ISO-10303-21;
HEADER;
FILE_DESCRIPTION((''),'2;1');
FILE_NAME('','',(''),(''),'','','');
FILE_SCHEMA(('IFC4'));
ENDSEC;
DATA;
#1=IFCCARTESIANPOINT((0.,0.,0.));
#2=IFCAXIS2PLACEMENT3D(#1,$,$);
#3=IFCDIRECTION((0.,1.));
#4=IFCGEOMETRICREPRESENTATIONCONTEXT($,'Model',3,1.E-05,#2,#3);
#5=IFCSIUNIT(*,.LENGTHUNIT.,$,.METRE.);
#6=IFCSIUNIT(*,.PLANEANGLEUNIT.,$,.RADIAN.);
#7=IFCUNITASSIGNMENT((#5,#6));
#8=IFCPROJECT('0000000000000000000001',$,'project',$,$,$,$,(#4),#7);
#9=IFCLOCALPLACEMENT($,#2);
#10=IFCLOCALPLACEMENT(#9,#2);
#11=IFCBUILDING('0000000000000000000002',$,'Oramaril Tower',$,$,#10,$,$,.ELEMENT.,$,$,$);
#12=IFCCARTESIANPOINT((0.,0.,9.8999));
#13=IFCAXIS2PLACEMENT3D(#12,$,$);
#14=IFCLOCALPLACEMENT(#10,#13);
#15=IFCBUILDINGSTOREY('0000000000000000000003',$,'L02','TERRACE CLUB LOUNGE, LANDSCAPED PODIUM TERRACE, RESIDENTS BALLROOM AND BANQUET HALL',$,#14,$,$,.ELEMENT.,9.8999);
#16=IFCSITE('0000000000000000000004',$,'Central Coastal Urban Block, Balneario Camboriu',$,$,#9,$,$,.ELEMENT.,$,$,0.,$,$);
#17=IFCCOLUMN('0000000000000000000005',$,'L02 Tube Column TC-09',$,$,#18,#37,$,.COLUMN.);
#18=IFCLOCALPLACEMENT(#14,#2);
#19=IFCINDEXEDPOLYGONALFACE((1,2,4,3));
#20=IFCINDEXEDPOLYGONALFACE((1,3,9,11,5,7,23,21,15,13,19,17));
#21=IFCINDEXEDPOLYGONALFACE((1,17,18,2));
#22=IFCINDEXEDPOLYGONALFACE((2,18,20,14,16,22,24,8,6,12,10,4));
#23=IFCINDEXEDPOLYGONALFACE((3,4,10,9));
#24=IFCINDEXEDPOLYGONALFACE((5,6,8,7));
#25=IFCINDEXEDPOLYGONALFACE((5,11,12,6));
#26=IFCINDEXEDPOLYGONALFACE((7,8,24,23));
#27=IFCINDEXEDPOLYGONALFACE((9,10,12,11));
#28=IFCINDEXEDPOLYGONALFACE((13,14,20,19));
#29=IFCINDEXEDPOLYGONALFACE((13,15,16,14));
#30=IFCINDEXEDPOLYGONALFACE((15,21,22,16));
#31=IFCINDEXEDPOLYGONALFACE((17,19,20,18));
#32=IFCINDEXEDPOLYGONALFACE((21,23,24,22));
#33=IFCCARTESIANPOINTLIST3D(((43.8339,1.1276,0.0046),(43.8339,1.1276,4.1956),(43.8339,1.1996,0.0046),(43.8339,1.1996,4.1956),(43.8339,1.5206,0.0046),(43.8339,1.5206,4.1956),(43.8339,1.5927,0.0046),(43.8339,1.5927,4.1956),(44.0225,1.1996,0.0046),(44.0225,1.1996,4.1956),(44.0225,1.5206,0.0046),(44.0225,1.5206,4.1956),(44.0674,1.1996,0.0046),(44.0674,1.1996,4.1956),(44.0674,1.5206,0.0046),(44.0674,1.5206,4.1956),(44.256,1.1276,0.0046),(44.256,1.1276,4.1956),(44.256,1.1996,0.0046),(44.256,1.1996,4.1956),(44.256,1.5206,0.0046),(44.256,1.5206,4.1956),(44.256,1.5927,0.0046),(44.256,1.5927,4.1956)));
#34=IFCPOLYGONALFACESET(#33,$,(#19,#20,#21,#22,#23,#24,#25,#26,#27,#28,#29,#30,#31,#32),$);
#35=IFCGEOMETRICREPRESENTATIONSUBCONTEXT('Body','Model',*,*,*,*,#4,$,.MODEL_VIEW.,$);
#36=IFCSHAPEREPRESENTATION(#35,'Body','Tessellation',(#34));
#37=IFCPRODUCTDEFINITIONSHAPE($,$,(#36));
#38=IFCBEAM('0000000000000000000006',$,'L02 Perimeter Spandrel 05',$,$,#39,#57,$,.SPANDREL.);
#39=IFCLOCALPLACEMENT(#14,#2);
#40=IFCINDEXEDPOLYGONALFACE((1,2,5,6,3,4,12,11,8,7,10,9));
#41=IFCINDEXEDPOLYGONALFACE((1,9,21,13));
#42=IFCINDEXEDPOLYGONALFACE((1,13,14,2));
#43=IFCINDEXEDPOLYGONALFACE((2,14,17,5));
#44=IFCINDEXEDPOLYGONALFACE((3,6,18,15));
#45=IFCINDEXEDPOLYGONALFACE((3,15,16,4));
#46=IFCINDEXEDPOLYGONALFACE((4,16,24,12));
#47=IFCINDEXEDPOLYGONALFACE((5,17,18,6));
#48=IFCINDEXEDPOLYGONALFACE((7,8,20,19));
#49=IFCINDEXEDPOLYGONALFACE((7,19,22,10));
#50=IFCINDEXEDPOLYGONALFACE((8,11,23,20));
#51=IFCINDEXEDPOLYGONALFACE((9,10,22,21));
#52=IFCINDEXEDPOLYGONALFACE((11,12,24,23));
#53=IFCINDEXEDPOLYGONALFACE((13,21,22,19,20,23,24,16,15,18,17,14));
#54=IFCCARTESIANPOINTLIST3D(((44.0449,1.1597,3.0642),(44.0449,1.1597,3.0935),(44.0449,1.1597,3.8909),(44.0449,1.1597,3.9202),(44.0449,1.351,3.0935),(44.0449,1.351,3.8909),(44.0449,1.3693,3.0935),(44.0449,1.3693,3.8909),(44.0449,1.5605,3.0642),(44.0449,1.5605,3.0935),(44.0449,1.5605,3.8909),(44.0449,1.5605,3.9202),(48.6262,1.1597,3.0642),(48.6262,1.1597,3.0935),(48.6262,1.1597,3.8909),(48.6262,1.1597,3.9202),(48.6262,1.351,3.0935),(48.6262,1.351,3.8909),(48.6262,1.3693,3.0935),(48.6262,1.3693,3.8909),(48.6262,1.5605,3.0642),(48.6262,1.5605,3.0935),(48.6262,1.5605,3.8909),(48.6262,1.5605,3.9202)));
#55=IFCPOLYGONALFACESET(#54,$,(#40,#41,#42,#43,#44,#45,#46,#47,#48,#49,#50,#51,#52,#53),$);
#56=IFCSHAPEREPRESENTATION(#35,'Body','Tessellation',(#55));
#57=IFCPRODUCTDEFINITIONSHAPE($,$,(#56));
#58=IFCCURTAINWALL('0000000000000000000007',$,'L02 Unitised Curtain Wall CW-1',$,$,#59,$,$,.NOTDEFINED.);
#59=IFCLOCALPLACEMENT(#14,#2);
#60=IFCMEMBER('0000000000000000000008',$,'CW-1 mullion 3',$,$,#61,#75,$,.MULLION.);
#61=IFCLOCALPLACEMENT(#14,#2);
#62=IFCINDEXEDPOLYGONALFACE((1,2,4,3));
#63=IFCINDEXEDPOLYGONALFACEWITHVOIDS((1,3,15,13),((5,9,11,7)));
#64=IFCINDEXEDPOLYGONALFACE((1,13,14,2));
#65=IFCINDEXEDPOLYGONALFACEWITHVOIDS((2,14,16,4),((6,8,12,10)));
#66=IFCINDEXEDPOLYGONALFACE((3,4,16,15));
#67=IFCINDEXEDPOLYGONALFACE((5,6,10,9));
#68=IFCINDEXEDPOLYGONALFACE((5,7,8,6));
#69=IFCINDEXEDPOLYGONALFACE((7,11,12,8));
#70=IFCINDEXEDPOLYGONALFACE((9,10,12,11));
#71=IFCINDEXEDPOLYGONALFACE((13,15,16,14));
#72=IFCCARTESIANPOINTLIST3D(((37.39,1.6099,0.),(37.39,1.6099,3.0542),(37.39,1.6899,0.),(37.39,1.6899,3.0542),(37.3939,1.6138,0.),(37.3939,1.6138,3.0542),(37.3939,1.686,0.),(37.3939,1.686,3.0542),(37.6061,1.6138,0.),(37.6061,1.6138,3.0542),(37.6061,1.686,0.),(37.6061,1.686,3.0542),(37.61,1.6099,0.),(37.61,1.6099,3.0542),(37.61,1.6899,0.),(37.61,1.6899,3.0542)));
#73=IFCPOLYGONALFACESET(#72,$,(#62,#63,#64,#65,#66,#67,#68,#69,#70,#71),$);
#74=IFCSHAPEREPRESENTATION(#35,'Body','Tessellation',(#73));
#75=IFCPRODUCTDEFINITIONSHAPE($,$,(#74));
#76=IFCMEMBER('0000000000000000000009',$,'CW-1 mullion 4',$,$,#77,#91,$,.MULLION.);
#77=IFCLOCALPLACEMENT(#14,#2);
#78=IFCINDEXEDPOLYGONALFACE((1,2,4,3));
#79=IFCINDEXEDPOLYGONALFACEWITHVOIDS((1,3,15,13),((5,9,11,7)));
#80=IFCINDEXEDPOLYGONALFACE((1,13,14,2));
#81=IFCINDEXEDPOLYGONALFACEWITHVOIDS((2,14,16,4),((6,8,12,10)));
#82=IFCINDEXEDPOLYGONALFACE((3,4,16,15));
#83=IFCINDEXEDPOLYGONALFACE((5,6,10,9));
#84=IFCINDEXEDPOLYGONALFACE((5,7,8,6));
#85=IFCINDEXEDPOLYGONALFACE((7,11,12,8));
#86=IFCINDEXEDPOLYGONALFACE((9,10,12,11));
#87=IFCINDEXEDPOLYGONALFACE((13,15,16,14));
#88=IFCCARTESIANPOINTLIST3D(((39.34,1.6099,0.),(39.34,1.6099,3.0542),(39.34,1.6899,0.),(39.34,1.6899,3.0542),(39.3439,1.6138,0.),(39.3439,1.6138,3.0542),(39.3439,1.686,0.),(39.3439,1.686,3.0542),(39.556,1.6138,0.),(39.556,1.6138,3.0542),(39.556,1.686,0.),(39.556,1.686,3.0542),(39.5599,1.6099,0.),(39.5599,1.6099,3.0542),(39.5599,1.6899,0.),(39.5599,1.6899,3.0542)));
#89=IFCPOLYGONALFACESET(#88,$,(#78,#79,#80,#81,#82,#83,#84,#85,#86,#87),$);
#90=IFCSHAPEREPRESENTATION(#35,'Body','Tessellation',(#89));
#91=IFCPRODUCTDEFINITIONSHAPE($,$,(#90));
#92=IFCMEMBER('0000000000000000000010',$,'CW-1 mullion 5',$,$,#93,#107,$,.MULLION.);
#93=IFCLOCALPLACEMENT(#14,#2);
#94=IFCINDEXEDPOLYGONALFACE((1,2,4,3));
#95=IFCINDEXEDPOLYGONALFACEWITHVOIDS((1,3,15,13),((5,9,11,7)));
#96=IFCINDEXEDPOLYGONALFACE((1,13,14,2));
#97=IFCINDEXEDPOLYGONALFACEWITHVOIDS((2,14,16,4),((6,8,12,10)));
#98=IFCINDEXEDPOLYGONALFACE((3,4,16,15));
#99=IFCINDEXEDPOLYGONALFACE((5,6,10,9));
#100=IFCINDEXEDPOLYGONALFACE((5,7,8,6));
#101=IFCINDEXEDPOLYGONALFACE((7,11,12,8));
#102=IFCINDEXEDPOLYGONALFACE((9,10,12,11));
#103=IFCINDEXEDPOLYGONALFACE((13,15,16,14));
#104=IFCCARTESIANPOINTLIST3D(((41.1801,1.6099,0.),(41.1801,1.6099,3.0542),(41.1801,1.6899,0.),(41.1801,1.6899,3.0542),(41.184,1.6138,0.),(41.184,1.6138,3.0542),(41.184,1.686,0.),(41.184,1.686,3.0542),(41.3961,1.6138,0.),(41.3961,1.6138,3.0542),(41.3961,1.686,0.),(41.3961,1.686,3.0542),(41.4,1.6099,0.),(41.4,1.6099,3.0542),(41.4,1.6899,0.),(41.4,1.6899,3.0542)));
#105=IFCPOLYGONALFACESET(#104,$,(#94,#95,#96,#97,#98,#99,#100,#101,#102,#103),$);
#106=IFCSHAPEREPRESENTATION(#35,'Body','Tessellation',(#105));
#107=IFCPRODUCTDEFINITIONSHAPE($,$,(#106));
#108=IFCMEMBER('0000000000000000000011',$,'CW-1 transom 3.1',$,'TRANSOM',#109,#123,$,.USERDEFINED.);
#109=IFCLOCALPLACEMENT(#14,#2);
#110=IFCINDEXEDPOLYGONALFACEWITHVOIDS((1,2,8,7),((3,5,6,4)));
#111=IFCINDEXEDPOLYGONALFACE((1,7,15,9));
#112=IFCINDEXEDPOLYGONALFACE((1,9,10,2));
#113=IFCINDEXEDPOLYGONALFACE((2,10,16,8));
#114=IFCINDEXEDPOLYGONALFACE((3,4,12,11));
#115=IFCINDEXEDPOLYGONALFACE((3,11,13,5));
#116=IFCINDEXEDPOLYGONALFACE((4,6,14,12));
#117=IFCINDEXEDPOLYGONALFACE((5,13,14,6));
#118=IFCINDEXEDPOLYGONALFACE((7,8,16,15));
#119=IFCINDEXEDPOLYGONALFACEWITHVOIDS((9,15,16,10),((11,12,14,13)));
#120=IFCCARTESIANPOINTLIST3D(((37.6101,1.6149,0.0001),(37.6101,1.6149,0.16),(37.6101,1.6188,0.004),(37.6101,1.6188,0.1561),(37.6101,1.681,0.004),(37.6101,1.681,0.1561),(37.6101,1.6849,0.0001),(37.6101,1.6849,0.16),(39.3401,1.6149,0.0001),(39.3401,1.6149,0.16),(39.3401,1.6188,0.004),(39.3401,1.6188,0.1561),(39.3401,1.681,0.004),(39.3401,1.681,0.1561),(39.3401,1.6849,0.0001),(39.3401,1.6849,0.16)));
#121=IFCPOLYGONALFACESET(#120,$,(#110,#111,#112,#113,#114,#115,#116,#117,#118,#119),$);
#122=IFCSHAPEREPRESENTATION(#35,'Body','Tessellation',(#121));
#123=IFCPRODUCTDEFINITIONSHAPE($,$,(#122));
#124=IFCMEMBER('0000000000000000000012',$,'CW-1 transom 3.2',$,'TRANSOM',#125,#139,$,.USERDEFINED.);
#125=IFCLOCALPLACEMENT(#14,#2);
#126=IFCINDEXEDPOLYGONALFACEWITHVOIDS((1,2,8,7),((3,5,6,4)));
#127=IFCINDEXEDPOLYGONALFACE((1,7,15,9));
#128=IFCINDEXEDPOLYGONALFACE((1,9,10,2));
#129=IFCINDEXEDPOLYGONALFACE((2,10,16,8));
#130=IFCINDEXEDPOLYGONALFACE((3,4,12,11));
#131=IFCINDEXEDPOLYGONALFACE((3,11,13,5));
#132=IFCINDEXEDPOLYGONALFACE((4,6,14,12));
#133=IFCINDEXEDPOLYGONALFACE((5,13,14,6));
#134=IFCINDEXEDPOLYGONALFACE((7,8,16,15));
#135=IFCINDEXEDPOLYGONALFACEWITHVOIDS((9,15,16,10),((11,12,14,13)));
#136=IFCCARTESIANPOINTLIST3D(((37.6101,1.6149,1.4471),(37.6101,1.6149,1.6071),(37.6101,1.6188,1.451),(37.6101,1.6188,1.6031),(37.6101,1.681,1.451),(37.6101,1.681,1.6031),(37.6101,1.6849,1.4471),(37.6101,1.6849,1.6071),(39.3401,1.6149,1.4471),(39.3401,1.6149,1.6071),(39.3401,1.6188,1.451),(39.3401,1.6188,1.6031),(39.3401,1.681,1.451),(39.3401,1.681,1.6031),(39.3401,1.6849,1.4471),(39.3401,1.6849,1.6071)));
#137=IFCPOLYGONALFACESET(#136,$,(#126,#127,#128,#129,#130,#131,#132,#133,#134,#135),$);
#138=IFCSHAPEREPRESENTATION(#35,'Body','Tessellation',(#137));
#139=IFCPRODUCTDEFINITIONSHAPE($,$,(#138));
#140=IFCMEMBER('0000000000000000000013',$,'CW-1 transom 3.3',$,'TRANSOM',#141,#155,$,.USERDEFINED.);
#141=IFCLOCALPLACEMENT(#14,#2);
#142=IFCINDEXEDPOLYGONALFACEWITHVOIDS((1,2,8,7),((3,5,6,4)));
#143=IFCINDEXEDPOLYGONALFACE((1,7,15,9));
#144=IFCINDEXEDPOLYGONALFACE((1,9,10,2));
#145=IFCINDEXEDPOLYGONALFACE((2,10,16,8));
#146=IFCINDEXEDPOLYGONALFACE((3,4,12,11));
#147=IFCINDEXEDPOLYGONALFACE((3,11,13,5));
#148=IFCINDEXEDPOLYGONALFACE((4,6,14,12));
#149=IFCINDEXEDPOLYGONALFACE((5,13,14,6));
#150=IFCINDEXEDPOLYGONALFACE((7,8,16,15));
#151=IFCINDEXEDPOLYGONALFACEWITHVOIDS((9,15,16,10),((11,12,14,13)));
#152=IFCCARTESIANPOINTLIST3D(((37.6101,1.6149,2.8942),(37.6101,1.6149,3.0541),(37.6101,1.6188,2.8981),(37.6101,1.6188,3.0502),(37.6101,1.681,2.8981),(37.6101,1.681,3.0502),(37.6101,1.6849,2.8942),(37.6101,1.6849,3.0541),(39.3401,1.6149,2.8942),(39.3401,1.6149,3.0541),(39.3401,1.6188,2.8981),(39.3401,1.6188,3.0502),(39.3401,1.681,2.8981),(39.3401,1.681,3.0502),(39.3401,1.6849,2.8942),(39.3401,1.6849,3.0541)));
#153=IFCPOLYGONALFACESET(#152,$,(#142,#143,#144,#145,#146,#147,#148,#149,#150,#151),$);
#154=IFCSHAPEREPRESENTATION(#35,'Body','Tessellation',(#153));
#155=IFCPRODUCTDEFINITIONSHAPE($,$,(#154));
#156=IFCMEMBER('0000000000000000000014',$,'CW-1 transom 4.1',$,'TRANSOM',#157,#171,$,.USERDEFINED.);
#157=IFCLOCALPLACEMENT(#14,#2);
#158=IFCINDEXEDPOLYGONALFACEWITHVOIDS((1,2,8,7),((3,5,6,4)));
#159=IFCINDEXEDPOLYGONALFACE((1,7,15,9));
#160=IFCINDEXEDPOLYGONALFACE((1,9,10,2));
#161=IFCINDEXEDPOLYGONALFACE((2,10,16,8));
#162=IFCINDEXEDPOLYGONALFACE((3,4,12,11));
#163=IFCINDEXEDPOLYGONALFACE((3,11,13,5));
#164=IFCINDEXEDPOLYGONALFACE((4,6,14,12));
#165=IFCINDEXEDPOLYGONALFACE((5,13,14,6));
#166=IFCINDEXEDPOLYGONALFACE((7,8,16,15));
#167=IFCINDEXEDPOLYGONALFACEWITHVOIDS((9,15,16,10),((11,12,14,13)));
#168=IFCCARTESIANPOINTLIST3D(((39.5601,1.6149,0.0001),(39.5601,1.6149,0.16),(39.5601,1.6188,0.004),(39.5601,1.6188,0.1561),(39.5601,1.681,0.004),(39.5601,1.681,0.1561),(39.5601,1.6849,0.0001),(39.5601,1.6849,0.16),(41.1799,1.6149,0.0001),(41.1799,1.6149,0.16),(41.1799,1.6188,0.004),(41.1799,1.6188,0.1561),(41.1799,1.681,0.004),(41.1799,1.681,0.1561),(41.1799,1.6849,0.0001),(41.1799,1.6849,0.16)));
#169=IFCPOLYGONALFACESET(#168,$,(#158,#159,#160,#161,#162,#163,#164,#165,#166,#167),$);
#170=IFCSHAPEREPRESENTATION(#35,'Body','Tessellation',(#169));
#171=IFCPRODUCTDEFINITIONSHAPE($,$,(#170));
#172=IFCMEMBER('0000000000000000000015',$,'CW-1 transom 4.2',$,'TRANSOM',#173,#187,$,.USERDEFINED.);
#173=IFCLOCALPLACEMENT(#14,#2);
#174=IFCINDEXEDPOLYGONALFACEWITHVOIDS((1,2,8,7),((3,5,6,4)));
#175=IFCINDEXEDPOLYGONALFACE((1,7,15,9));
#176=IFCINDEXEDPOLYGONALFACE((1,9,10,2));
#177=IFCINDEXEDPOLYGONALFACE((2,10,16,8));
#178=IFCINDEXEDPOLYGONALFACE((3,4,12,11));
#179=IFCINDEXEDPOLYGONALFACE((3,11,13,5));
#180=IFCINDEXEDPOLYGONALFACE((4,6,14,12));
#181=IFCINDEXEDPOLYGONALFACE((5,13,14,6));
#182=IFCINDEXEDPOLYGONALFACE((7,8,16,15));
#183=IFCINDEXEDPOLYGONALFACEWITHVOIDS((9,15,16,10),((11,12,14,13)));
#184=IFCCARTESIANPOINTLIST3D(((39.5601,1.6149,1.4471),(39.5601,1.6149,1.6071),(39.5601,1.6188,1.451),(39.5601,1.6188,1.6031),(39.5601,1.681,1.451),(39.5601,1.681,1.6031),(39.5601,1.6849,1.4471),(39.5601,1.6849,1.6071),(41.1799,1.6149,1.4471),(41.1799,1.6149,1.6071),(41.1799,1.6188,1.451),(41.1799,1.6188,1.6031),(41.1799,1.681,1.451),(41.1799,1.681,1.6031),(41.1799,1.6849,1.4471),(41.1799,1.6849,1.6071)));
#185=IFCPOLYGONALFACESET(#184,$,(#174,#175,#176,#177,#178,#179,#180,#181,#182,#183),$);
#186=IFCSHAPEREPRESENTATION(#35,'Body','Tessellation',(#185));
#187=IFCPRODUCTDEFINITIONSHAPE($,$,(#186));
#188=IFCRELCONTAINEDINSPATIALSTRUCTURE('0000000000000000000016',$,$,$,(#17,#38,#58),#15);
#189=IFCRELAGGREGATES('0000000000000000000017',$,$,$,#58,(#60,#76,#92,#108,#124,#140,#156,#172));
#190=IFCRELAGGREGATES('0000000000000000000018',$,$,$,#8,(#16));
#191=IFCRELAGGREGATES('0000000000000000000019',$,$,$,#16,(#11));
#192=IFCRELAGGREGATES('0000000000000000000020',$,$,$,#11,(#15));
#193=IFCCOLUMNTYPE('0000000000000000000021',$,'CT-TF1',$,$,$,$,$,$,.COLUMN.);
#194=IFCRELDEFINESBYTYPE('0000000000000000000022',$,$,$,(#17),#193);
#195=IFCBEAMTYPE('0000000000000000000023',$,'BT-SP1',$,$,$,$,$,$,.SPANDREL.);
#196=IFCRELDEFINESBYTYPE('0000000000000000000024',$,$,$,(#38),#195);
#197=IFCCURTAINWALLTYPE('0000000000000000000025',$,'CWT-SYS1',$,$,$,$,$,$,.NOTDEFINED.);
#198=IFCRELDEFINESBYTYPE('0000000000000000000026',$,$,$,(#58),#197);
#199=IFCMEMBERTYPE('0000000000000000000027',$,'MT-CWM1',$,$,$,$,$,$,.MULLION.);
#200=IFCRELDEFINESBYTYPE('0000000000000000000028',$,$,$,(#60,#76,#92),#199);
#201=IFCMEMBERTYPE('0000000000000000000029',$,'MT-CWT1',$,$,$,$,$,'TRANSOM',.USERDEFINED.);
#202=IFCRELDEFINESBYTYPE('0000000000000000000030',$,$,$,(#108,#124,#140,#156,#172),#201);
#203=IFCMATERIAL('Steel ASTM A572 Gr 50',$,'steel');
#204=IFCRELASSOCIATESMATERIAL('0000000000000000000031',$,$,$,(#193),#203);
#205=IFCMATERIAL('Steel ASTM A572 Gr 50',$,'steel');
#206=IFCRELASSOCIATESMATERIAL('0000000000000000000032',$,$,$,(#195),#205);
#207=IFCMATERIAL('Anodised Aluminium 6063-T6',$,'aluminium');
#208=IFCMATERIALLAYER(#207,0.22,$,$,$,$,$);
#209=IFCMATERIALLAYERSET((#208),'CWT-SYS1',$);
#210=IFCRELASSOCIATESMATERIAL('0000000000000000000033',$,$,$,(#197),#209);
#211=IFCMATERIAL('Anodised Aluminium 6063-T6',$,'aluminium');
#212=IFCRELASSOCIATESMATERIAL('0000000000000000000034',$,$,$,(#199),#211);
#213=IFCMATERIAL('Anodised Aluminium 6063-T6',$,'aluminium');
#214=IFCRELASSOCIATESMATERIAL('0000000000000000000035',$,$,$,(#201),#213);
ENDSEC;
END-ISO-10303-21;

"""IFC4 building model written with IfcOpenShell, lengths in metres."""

from ifc_helpers import new_model, si_unit, direction, frame, origin, origin_2d, place, context, subcontext, project, spatial, hollow_rectangle, i_section, extrude, material, layer, layer_set, material_profile, profile_set, type_object, element, aggregate, save


model = new_model("IFC4")

# Units and contexts
model_context = context("Model", 3, precision=1e-05, world=origin(), true_north=direction((0.0, 1.0)))
body_context = subcontext(model_context, "Body", "Model", "MODEL_VIEW")
ifc_project = project(units=[si_unit("LENGTHUNIT", "METRE"), si_unit("PLANEANGLEUNIT", "RADIAN")], contexts=[model_context])

# Site, building, storey
site_placement = place(None, origin())
site = spatial("IfcSite", under=ifc_project, at=site_placement, Name="Central Coastal Urban Block, Balneario Camboriu", CompositionType="ELEMENT", RefElevation=0.0)
building_placement = place(site_placement, origin())
building = spatial("IfcBuilding", under=site, at=building_placement, Name="Oramaril Tower", CompositionType="ELEMENT")
storey_placement = place(building_placement, frame((0.0, 0.0, 9.8999)))
storey = spatial("IfcBuildingStorey", under=building, at=storey_placement, Name="L02", Description="TERRACE CLUB LOUNGE, LANDSCAPED PODIUM TERRACE, RESIDENTS BALLROOM AND BANQUET HALL", CompositionType="ELEMENT", Elevation=9.8999)

# Column
ifc_material_1 = material(Name="Steel ASTM A572 Gr 50", Category="steel")
ifc_material_profile_1 = material_profile(ifc_material_1, i_section(OverallWidth=0.4221, OverallDepth=0.4651, WebThickness=0.0449, FlangeThickness=0.072, at=origin_2d()), Name="W14X398")
ifc_profile_set_1 = profile_set([ifc_material_profile_1], Name="Steel ASTM A572 Gr 50")
column_type = type_object("IfcColumnType", Name="CT-TF1", PredefinedType="COLUMN", material=ifc_profile_set_1)
column_placement = place(storey_placement, frame((44.0449, 1.3601, 0.0046), z_axis=(0.0, 0.0, 1.0), x_axis=(1.0, 0.0, 0.0)))
element("IfcColumn", 1, at=column_placement, inside=storey, type_object=column_type, Name="L02 Tube Column TC-09", PredefinedType="COLUMN", context=body_context, shape_type="SweptSolid", body=[
    extrude(i_section(OverallWidth=0.4221, OverallDepth=0.4651, WebThickness=0.0449, FlangeThickness=0.072, at=origin_2d()), origin(), (0.0, 0.0, 1.0), 4.1909),
])

# Beam
ifc_material_2 = material(Name="Steel ASTM A572 Gr 50", Category="steel")
ifc_material_profile_2 = material_profile(ifc_material_2, i_section(OverallWidth=0.4009, OverallDepth=0.856, WebThickness=0.0183, FlangeThickness=0.0293, at=origin_2d()), Name="W33X201")
ifc_profile_set_2 = profile_set([ifc_material_profile_2], Name="Steel ASTM A572 Gr 50")
beam_type = type_object("IfcBeamType", Name="BT-SP1", PredefinedType="SPANDREL", material=ifc_profile_set_2)
beam_placement = place(storey_placement, frame((44.0449, 1.3601, 3.4922), z_axis=(1.0, 0.0, 0.0), x_axis=(0.0, 1.0, 0.0)))
element("IfcBeam", 2, at=beam_placement, inside=storey, type_object=beam_type, Name="L02 Perimeter Spandrel 05", PredefinedType="SPANDREL", context=body_context, shape_type="SweptSolid", body=[
    extrude(i_section(OverallWidth=0.4009, OverallDepth=0.856, WebThickness=0.0183, FlangeThickness=0.0293, at=origin_2d()), origin(), (0.0, 0.0, 1.0), 4.5813),
])

# Curtain wall, members
ifc_material_3 = material(Name="Anodised Aluminium 6063-T6", Category="aluminium")
ifc_layer_1 = layer(ifc_material_3, 0.22)
ifc_layer_set_1 = layer_set([ifc_layer_1], Name="CWT-SYS1")
curtain_wall_type = type_object("IfcCurtainWallType", Name="CWT-SYS1", PredefinedType="NOTDEFINED", material=ifc_layer_set_1)
curtain_wall_placement = place(storey_placement, origin())
curtain_wall = element("IfcCurtainWall", 3, at=curtain_wall_placement, inside=storey, type_object=curtain_wall_type, Name="L02 Unitised Curtain Wall CW-1", PredefinedType="NOTDEFINED")
ifc_material_4 = material(Name="Anodised Aluminium 6063-T6", Category="aluminium")
ifc_material_profile_3 = material_profile(ifc_material_4, hollow_rectangle(XDim=0.0801, YDim=0.22, WallThickness=0.0039, at=origin_2d()), Name="CWM220X80")
ifc_profile_set_3 = profile_set([ifc_material_profile_3], Name="Anodised Aluminium 6063-T6")
member_type_1 = type_object("IfcMemberType", Name="MT-CWM1", PredefinedType="MULLION", material=ifc_profile_set_3)
member_1_placement = place(storey_placement, frame((37.5, 1.6499, 0.0), z_axis=(0.0, 0.0, 1.0), x_axis=(0.0, 1.0, 0.0)))
member_1 = element("IfcMember", 4, at=member_1_placement, type_object=member_type_1, Name="CW-1 mullion 3", PredefinedType="MULLION", context=body_context, shape_type="SweptSolid", body=[
    extrude(hollow_rectangle(XDim=0.0801, YDim=0.22, WallThickness=0.0039, at=origin_2d()), origin(), (0.0, 0.0, 1.0), 3.0542),
])
member_2_placement = place(storey_placement, frame((39.45, 1.6499, 0.0), z_axis=(0.0, 0.0, 1.0), x_axis=(0.0, 1.0, 0.0)))
member_2 = element("IfcMember", 5, at=member_2_placement, type_object=member_type_1, Name="CW-1 mullion 4", PredefinedType="MULLION", context=body_context, shape_type="SweptSolid", body=[
    extrude(hollow_rectangle(XDim=0.0801, YDim=0.22, WallThickness=0.0039, at=origin_2d()), origin(), (0.0, 0.0, 1.0), 3.0542),
])
member_3_placement = place(storey_placement, frame((41.29, 1.6499, 0.0), z_axis=(0.0, 0.0, 1.0), x_axis=(0.0, 1.0, 0.0)))
member_3 = element("IfcMember", 6, at=member_3_placement, type_object=member_type_1, Name="CW-1 mullion 5", PredefinedType="MULLION", context=body_context, shape_type="SweptSolid", body=[
    extrude(hollow_rectangle(XDim=0.0801, YDim=0.22, WallThickness=0.0039, at=origin_2d()), origin(), (0.0, 0.0, 1.0), 3.0542),
])
ifc_material_5 = material(Name="Anodised Aluminium 6063-T6", Category="aluminium")
ifc_material_profile_4 = material_profile(ifc_material_5, hollow_rectangle(XDim=0.0701, YDim=0.1599, WallThickness=0.0039, at=origin_2d()), Name="CWT160X70")
ifc_profile_set_4 = profile_set([ifc_material_profile_4], Name="Anodised Aluminium 6063-T6")
member_type_2 = type_object("IfcMemberType", Name="MT-CWT1", ElementType="TRANSOM", PredefinedType="USERDEFINED", material=ifc_profile_set_4)
member_4_placement = place(storey_placement, frame((37.6101, 1.6499, 0.0801), z_axis=(1.0, 0.0, 0.0), x_axis=(0.0, 1.0, 0.0)))
member_4 = element("IfcMember", 7, at=member_4_placement, type_object=member_type_2, Name="CW-1 transom 3.1", ObjectType="TRANSOM", PredefinedType="USERDEFINED", context=body_context, shape_type="SweptSolid", body=[
    extrude(hollow_rectangle(XDim=0.0701, YDim=0.1599, WallThickness=0.0039, at=origin_2d()), origin(), (0.0, 0.0, 1.0), 1.73),
])
member_5_placement = place(storey_placement, frame((37.6101, 1.6499, 1.5271), z_axis=(1.0, 0.0, 0.0), x_axis=(0.0, 1.0, 0.0)))
member_5 = element("IfcMember", 8, at=member_5_placement, type_object=member_type_2, Name="CW-1 transom 3.2", ObjectType="TRANSOM", PredefinedType="USERDEFINED", context=body_context, shape_type="SweptSolid", body=[
    extrude(hollow_rectangle(XDim=0.0701, YDim=0.1599, WallThickness=0.0039, at=origin_2d()), origin(), (0.0, 0.0, 1.0), 1.73),
])
member_6_placement = place(storey_placement, frame((37.6101, 1.6499, 2.9741), z_axis=(1.0, 0.0, 0.0), x_axis=(0.0, 1.0, 0.0)))
member_6 = element("IfcMember", 9, at=member_6_placement, type_object=member_type_2, Name="CW-1 transom 3.3", ObjectType="TRANSOM", PredefinedType="USERDEFINED", context=body_context, shape_type="SweptSolid", body=[
    extrude(hollow_rectangle(XDim=0.0701, YDim=0.1599, WallThickness=0.0039, at=origin_2d()), origin(), (0.0, 0.0, 1.0), 1.73),
])
member_7_placement = place(storey_placement, frame((39.5601, 1.6499, 0.0801), z_axis=(1.0, 0.0, 0.0), x_axis=(0.0, 1.0, 0.0)))
member_7 = element("IfcMember", 10, at=member_7_placement, type_object=member_type_2, Name="CW-1 transom 4.1", ObjectType="TRANSOM", PredefinedType="USERDEFINED", context=body_context, shape_type="SweptSolid", body=[
    extrude(hollow_rectangle(XDim=0.0701, YDim=0.1599, WallThickness=0.0039, at=origin_2d()), origin(), (0.0, 0.0, 1.0), 1.6199),
])
member_8_placement = place(storey_placement, frame((39.5601, 1.6499, 1.5271), z_axis=(1.0, 0.0, 0.0), x_axis=(0.0, 1.0, 0.0)))
member_8 = element("IfcMember", 11, at=member_8_placement, type_object=member_type_2, Name="CW-1 transom 4.2", ObjectType="TRANSOM", PredefinedType="USERDEFINED", context=body_context, shape_type="SweptSolid", body=[
    extrude(hollow_rectangle(XDim=0.0701, YDim=0.1599, WallThickness=0.0039, at=origin_2d()), origin(), (0.0, 0.0, 1.0), 1.6199),
])
aggregate(curtain_wall, [member_1, member_2, member_3, member_4, member_5, member_6, member_7, member_8])

save(model, "model.ifc")
